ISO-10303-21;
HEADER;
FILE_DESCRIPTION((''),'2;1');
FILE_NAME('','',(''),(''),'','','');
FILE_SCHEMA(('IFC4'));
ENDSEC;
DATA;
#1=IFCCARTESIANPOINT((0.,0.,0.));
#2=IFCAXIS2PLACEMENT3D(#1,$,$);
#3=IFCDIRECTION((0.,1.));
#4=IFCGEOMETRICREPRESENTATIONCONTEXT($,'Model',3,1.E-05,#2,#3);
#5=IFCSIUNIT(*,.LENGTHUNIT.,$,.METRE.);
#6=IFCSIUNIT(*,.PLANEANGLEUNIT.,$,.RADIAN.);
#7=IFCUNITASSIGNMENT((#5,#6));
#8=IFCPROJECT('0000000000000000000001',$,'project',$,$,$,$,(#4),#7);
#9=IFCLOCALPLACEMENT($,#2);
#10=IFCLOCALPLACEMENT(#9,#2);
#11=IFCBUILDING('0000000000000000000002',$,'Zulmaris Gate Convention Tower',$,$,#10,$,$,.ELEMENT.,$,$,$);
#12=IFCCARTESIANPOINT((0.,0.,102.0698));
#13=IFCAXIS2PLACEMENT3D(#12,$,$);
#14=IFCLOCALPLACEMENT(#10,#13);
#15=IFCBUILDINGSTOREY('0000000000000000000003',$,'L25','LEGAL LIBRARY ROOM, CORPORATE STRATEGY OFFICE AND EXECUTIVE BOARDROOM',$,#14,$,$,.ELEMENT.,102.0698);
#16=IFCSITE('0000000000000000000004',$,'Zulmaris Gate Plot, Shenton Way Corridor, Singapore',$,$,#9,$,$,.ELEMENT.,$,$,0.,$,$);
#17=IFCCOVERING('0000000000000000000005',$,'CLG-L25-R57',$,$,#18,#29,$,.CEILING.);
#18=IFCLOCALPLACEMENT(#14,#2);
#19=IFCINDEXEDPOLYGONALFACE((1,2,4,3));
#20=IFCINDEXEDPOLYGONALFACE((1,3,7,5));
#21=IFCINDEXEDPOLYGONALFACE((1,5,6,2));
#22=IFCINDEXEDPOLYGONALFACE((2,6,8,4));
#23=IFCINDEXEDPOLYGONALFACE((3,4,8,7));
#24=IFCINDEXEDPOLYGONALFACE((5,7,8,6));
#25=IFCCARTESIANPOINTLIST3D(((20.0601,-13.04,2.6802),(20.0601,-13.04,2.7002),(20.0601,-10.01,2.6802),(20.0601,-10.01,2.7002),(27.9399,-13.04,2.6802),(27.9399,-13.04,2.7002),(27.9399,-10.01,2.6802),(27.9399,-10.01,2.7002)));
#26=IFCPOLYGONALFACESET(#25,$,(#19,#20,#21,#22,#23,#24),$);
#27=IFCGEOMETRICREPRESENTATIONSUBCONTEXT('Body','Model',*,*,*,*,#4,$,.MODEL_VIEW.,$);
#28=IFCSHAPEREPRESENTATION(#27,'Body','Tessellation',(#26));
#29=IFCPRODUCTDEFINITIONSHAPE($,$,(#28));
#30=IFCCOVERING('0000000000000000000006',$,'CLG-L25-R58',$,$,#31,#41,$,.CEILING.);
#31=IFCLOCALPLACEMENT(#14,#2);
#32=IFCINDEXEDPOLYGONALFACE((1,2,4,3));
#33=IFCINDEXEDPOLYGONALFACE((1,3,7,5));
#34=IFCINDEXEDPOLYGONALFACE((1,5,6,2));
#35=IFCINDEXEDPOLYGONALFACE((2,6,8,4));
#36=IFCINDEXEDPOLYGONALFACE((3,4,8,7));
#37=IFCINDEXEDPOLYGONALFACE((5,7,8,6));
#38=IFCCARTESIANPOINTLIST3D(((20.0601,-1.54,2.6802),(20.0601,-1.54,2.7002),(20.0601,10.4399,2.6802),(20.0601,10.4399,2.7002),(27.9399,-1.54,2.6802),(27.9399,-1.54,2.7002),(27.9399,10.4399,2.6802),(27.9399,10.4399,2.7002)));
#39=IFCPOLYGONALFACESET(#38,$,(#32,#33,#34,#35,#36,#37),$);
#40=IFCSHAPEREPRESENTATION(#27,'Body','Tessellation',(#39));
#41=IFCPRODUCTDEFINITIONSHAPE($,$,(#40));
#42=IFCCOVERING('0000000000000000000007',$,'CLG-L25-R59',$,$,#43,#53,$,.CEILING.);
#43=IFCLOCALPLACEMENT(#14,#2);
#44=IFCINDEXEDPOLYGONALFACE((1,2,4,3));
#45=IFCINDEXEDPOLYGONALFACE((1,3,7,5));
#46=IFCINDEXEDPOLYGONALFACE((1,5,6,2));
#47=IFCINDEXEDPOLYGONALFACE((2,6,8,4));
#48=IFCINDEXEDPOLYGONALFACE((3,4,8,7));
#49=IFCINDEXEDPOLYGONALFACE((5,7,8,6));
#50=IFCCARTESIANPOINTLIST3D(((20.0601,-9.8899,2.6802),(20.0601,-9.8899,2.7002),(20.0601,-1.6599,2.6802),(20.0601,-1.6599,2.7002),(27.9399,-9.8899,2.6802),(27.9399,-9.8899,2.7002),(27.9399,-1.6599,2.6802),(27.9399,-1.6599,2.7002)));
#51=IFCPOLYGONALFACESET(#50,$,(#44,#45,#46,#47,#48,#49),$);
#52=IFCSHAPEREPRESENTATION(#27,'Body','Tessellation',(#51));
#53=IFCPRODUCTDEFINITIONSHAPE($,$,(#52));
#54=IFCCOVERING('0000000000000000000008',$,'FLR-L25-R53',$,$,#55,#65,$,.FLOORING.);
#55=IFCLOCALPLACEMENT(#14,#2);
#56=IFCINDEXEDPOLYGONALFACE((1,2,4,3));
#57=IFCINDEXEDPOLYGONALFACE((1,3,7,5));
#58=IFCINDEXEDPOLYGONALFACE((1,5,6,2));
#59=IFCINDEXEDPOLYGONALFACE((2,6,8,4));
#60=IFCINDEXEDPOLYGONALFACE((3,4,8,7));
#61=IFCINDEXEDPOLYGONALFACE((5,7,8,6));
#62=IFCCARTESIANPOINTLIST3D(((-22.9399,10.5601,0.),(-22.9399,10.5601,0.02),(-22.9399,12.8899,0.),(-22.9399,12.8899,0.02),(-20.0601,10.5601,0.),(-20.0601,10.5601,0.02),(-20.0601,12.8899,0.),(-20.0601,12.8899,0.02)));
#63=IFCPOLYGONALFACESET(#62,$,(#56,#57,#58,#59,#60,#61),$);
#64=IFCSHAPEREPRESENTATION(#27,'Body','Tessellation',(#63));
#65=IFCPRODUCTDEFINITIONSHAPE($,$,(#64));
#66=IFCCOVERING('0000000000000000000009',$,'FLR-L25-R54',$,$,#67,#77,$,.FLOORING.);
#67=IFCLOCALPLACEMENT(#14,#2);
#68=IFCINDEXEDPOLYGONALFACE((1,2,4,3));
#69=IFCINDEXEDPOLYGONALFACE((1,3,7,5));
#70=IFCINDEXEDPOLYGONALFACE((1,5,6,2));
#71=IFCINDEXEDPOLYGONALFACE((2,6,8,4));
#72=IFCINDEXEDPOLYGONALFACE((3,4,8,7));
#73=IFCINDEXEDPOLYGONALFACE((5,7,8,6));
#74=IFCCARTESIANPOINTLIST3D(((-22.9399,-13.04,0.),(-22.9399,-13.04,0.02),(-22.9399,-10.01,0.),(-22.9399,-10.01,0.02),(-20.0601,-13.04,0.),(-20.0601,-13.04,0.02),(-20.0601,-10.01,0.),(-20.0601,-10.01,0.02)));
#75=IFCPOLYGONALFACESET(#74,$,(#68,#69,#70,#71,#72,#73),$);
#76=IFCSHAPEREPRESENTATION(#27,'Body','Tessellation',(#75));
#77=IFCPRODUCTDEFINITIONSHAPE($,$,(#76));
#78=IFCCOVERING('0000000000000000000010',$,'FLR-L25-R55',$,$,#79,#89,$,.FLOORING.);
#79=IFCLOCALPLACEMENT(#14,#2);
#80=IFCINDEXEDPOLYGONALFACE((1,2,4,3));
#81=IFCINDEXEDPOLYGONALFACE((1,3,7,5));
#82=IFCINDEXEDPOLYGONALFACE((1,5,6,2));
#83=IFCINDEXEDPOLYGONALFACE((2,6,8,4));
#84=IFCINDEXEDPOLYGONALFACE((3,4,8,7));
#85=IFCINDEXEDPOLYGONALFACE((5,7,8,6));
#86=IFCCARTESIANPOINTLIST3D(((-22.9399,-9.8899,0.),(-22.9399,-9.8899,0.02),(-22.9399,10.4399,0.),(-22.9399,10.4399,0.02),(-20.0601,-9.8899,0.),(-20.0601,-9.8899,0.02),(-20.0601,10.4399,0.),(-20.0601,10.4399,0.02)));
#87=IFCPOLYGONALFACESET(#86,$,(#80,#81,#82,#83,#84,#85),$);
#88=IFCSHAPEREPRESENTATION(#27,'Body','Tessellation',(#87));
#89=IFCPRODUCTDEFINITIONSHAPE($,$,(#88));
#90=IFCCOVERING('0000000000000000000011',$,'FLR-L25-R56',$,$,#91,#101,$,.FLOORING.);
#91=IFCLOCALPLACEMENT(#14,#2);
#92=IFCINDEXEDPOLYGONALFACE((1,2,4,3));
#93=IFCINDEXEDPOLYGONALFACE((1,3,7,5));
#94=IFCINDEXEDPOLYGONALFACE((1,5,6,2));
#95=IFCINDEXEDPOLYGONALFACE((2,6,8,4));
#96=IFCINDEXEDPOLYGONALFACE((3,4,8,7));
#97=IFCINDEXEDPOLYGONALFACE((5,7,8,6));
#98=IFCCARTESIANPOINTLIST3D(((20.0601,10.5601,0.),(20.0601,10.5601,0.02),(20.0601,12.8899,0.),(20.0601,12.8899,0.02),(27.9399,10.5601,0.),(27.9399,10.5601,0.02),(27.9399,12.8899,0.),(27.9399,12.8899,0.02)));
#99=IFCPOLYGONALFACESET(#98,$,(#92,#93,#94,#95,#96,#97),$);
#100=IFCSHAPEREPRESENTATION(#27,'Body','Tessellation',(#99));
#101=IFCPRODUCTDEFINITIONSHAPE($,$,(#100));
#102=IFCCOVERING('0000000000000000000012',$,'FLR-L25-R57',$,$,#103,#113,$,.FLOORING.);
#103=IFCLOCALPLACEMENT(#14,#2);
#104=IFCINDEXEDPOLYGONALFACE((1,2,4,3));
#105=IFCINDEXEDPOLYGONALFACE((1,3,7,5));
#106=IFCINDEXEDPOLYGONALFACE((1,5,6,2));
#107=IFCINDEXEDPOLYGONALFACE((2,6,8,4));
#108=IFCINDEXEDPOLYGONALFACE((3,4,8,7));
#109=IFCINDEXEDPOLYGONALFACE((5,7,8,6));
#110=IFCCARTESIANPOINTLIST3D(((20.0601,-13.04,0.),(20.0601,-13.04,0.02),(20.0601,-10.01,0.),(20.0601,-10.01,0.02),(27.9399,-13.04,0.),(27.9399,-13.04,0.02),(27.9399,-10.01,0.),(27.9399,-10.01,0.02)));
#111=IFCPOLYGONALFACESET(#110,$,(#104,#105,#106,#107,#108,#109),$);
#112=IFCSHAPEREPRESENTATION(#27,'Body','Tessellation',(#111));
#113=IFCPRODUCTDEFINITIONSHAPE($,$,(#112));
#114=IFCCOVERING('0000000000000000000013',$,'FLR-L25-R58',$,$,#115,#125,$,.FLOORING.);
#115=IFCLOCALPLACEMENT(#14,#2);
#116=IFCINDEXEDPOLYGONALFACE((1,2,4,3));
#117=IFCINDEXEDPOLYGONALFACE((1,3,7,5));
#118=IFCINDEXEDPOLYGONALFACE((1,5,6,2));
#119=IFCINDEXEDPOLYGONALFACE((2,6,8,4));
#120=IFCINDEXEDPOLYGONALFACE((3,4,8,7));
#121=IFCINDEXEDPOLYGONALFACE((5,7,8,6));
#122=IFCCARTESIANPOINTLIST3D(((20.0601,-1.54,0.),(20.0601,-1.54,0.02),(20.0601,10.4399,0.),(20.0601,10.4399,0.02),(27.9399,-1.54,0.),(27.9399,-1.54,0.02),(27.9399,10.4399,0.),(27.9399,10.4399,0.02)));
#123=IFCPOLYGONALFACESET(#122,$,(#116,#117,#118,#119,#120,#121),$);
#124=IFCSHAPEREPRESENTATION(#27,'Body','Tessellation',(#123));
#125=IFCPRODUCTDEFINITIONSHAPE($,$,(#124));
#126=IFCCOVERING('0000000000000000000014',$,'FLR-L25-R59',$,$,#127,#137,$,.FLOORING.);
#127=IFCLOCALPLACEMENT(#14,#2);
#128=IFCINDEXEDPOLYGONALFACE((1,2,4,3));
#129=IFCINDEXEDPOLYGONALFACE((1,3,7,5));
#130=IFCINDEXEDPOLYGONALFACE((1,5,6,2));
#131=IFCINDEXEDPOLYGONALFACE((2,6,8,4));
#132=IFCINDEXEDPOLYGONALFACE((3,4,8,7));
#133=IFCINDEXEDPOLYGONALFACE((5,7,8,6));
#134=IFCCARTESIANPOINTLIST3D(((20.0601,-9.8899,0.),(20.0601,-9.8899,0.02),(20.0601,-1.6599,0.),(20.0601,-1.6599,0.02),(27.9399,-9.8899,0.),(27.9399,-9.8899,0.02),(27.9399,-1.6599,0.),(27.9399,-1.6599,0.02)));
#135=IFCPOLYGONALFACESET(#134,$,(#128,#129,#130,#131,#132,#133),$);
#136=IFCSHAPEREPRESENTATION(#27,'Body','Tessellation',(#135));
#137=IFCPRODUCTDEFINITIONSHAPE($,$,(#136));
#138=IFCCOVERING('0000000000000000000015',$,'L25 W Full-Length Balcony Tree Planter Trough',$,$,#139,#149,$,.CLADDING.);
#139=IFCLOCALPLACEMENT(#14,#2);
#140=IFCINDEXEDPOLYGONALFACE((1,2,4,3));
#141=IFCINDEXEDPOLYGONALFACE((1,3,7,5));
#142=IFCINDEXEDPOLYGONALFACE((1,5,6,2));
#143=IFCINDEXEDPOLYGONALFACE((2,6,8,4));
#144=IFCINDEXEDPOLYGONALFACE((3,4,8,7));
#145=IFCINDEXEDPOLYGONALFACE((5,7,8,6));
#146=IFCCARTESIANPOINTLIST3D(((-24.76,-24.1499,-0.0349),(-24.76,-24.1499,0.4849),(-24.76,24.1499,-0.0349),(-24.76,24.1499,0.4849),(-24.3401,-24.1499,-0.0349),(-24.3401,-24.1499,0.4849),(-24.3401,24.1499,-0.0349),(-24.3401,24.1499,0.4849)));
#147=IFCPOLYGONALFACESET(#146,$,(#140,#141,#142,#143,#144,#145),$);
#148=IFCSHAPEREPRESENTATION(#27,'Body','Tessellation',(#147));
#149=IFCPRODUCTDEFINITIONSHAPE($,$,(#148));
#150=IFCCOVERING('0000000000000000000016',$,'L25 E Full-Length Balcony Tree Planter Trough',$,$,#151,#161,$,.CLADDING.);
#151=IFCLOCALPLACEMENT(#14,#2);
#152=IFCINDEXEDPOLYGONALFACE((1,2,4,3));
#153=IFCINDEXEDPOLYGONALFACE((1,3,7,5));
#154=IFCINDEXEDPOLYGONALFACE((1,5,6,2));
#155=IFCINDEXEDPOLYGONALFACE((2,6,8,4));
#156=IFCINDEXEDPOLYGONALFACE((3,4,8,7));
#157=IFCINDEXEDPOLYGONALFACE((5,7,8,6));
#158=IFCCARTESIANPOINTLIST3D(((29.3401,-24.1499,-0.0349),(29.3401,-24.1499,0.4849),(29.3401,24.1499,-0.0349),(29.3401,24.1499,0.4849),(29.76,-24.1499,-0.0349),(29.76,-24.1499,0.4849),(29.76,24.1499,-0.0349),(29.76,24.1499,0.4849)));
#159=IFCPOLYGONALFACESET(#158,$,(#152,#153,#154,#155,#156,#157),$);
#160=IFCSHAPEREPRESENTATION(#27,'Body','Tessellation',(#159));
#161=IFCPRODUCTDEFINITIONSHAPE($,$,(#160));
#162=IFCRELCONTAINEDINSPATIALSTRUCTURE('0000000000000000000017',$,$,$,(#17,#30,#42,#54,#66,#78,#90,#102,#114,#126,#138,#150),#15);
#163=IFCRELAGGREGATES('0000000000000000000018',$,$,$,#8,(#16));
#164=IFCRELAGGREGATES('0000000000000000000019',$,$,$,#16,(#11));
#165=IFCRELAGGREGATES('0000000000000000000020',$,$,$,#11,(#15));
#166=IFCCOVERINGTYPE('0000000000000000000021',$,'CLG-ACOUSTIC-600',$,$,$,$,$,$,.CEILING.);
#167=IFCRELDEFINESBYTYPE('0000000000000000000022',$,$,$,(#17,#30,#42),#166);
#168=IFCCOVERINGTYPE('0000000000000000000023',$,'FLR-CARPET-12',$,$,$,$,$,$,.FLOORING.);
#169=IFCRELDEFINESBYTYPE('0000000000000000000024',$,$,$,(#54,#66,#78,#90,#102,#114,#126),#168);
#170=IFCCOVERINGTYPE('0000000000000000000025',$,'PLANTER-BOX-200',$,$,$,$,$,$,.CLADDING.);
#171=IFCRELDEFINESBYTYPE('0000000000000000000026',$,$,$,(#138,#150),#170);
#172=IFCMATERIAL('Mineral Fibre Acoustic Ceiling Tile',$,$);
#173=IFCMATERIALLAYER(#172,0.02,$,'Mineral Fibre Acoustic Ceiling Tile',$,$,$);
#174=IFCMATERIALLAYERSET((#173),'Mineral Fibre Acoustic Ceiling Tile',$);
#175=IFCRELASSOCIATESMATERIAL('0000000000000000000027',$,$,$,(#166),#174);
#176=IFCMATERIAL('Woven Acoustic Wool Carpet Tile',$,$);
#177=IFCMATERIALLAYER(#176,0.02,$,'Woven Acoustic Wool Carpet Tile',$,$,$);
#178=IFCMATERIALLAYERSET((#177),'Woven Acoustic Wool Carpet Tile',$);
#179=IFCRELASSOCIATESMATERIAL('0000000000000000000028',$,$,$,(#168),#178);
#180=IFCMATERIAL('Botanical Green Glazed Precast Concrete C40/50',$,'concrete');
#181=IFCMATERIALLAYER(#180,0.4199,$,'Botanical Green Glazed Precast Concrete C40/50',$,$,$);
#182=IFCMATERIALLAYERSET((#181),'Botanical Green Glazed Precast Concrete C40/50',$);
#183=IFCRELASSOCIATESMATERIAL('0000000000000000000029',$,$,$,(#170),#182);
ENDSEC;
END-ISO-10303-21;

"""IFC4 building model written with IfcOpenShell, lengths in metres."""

from ifc_helpers import new_model, si_unit, direction, frame, origin, place, context, subcontext, project, spatial, polyline, outline, extrude, material, layer, layer_set, type_object, element, save


model = new_model("IFC4")

# Units and contexts
model_context = context("Model", 3, precision=1e-05, world=origin(), true_north=direction((0.0, 1.0)))
body_context = subcontext(model_context, "Body", "Model", "MODEL_VIEW")
ifc_project = project(units=[si_unit("LENGTHUNIT", "METRE"), si_unit("PLANEANGLEUNIT", "RADIAN")], contexts=[model_context])

# Site, building, storey
site_placement = place(None, origin())
site = spatial("IfcSite", under=ifc_project, at=site_placement, Name="Zulmaris Gate Plot, Shenton Way Corridor, Singapore", CompositionType="ELEMENT", RefElevation=0.0)
building_placement = place(site_placement, origin())
building = spatial("IfcBuilding", under=site, at=building_placement, Name="Zulmaris Gate Convention Tower", CompositionType="ELEMENT")
storey_placement = place(building_placement, frame((0.0, 0.0, 102.0698)))
storey = spatial("IfcBuildingStorey", under=building, at=storey_placement, Name="L25", Description="LEGAL LIBRARY ROOM, CORPORATE STRATEGY OFFICE AND EXECUTIVE BOARDROOM", CompositionType="ELEMENT", Elevation=102.0698)

# Coverings
ifc_material_1 = material(Name="Mineral Fibre Acoustic Ceiling Tile")
ifc_layer_1 = layer(ifc_material_1, 0.02, Name="Mineral Fibre Acoustic Ceiling Tile")
ifc_layer_set_1 = layer_set([ifc_layer_1], Name="Mineral Fibre Acoustic Ceiling Tile")
covering_type_1 = type_object("IfcCoveringType", Name="CLG-ACOUSTIC-600", PredefinedType="CEILING", material=ifc_layer_set_1)
covering_1_placement = place(storey_placement, frame((0.0, 0.0, 2.6802)))
element("IfcCovering", 1, at=covering_1_placement, inside=storey, type_object=covering_type_1, Name="CLG-L25-R57", PredefinedType="CEILING", context=body_context, shape_type="SweptSolid", body=[
    extrude(outline(polyline([(20.0601, -13.04), (27.9399, -13.04), (27.9399, -10.01), (20.0601, -10.01), (20.0601, -13.04)])), origin(), (0.0, 0.0, 1.0), 0.02),
])
covering_2_placement = place(storey_placement, frame((0.0, 0.0, 2.6802)))
element("IfcCovering", 2, at=covering_2_placement, inside=storey, type_object=covering_type_1, Name="CLG-L25-R58", PredefinedType="CEILING", context=body_context, shape_type="SweptSolid", body=[
    extrude(outline(polyline([(20.0601, -1.54), (27.9399, -1.54), (27.9399, 10.4399), (20.0601, 10.4399), (20.0601, -1.54)])), origin(), (0.0, 0.0, 1.0), 0.02),
])
covering_3_placement = place(storey_placement, frame((0.0, 0.0, 2.6802)))
element("IfcCovering", 3, at=covering_3_placement, inside=storey, type_object=covering_type_1, Name="CLG-L25-R59", PredefinedType="CEILING", context=body_context, shape_type="SweptSolid", body=[
    extrude(outline(polyline([(20.0601, -9.8899), (27.9399, -9.8899), (27.9399, -1.6599), (20.0601, -1.6599), (20.0601, -9.8899)])), origin(), (0.0, 0.0, 1.0), 0.02),
])
ifc_material_2 = material(Name="Woven Acoustic Wool Carpet Tile")
ifc_layer_2 = layer(ifc_material_2, 0.02, Name="Woven Acoustic Wool Carpet Tile")
ifc_layer_set_2 = layer_set([ifc_layer_2], Name="Woven Acoustic Wool Carpet Tile")
covering_type_2 = type_object("IfcCoveringType", Name="FLR-CARPET-12", PredefinedType="FLOORING", material=ifc_layer_set_2)
covering_4_placement = place(storey_placement, origin())
element("IfcCovering", 4, at=covering_4_placement, inside=storey, type_object=covering_type_2, Name="FLR-L25-R53", PredefinedType="FLOORING", context=body_context, shape_type="SweptSolid", body=[
    extrude(outline(polyline([(-22.9399, 10.5601), (-20.0601, 10.5601), (-20.0601, 12.8899), (-22.9399, 12.8899), (-22.9399, 10.5601)])), origin(), (0.0, 0.0, 1.0), 0.02),
])
covering_5_placement = place(storey_placement, origin())
element("IfcCovering", 5, at=covering_5_placement, inside=storey, type_object=covering_type_2, Name="FLR-L25-R54", PredefinedType="FLOORING", context=body_context, shape_type="SweptSolid", body=[
    extrude(outline(polyline([(-22.9399, -13.04), (-20.0601, -13.04), (-20.0601, -10.01), (-22.9399, -10.01), (-22.9399, -13.04)])), origin(), (0.0, 0.0, 1.0), 0.02),
])
covering_6_placement = place(storey_placement, origin())
element("IfcCovering", 6, at=covering_6_placement, inside=storey, type_object=covering_type_2, Name="FLR-L25-R55", PredefinedType="FLOORING", context=body_context, shape_type="SweptSolid", body=[
    extrude(outline(polyline([(-22.9399, -9.8899), (-20.0601, -9.8899), (-20.0601, 10.4399), (-22.9399, 10.4399), (-22.9399, -9.8899)])), origin(), (0.0, 0.0, 1.0), 0.02),
])
covering_7_placement = place(storey_placement, origin())
element("IfcCovering", 7, at=covering_7_placement, inside=storey, type_object=covering_type_2, Name="FLR-L25-R56", PredefinedType="FLOORING", context=body_context, shape_type="SweptSolid", body=[
    extrude(outline(polyline([(20.0601, 10.5601), (27.9399, 10.5601), (27.9399, 12.8899), (20.0601, 12.8899), (20.0601, 10.5601)])), origin(), (0.0, 0.0, 1.0), 0.02),
])
covering_8_placement = place(storey_placement, origin())
element("IfcCovering", 8, at=covering_8_placement, inside=storey, type_object=covering_type_2, Name="FLR-L25-R57", PredefinedType="FLOORING", context=body_context, shape_type="SweptSolid", body=[
    extrude(outline(polyline([(20.0601, -13.04), (27.9399, -13.04), (27.9399, -10.01), (20.0601, -10.01), (20.0601, -13.04)])), origin(), (0.0, 0.0, 1.0), 0.02),
])
covering_9_placement = place(storey_placement, origin())
element("IfcCovering", 9, at=covering_9_placement, inside=storey, type_object=covering_type_2, Name="FLR-L25-R58", PredefinedType="FLOORING", context=body_context, shape_type="SweptSolid", body=[
    extrude(outline(polyline([(20.0601, -1.54), (27.9399, -1.54), (27.9399, 10.4399), (20.0601, 10.4399), (20.0601, -1.54)])), origin(), (0.0, 0.0, 1.0), 0.02),
])
covering_10_placement = place(storey_placement, origin())
element("IfcCovering", 10, at=covering_10_placement, inside=storey, type_object=covering_type_2, Name="FLR-L25-R59", PredefinedType="FLOORING", context=body_context, shape_type="SweptSolid", body=[
    extrude(outline(polyline([(20.0601, -9.8899), (27.9399, -9.8899), (27.9399, -1.6599), (20.0601, -1.6599), (20.0601, -9.8899)])), origin(), (0.0, 0.0, 1.0), 0.02),
])
ifc_material_3 = material(Name="Botanical Green Glazed Precast Concrete C40/50", Category="concrete")
ifc_layer_3 = layer(ifc_material_3, 0.4199, Name="Botanical Green Glazed Precast Concrete C40/50")
ifc_layer_set_3 = layer_set([ifc_layer_3], Name="Botanical Green Glazed Precast Concrete C40/50")
covering_type_3 = type_object("IfcCoveringType", Name="PLANTER-BOX-200", PredefinedType="CLADDING", material=ifc_layer_set_3)
covering_11_placement = place(storey_placement, frame((0.0, 0.0, -0.0349)))
element("IfcCovering", 11, at=covering_11_placement, inside=storey, type_object=covering_type_3, Name="L25 W Full-Length Balcony Tree Planter Trough", PredefinedType="CLADDING", context=body_context, shape_type="SweptSolid", body=[
    extrude(outline(polyline([(-24.76, -24.1499), (-24.3401, -24.1499), (-24.3401, 24.1499), (-24.76, 24.1499), (-24.76, -24.1499)])), origin(), (0.0, 0.0, 1.0), 0.5198),
])
covering_12_placement = place(storey_placement, frame((0.0, 0.0, -0.0349)))
element("IfcCovering", 12, at=covering_12_placement, inside=storey, type_object=covering_type_3, Name="L25 E Full-Length Balcony Tree Planter Trough", PredefinedType="CLADDING", context=body_context, shape_type="SweptSolid", body=[
    extrude(outline(polyline([(29.3401, -24.1499), (29.76, -24.1499), (29.76, 24.1499), (29.3401, 24.1499), (29.3401, -24.1499)])), origin(), (0.0, 0.0, 1.0), 0.5198),
])

save(model, "model.ifc")
